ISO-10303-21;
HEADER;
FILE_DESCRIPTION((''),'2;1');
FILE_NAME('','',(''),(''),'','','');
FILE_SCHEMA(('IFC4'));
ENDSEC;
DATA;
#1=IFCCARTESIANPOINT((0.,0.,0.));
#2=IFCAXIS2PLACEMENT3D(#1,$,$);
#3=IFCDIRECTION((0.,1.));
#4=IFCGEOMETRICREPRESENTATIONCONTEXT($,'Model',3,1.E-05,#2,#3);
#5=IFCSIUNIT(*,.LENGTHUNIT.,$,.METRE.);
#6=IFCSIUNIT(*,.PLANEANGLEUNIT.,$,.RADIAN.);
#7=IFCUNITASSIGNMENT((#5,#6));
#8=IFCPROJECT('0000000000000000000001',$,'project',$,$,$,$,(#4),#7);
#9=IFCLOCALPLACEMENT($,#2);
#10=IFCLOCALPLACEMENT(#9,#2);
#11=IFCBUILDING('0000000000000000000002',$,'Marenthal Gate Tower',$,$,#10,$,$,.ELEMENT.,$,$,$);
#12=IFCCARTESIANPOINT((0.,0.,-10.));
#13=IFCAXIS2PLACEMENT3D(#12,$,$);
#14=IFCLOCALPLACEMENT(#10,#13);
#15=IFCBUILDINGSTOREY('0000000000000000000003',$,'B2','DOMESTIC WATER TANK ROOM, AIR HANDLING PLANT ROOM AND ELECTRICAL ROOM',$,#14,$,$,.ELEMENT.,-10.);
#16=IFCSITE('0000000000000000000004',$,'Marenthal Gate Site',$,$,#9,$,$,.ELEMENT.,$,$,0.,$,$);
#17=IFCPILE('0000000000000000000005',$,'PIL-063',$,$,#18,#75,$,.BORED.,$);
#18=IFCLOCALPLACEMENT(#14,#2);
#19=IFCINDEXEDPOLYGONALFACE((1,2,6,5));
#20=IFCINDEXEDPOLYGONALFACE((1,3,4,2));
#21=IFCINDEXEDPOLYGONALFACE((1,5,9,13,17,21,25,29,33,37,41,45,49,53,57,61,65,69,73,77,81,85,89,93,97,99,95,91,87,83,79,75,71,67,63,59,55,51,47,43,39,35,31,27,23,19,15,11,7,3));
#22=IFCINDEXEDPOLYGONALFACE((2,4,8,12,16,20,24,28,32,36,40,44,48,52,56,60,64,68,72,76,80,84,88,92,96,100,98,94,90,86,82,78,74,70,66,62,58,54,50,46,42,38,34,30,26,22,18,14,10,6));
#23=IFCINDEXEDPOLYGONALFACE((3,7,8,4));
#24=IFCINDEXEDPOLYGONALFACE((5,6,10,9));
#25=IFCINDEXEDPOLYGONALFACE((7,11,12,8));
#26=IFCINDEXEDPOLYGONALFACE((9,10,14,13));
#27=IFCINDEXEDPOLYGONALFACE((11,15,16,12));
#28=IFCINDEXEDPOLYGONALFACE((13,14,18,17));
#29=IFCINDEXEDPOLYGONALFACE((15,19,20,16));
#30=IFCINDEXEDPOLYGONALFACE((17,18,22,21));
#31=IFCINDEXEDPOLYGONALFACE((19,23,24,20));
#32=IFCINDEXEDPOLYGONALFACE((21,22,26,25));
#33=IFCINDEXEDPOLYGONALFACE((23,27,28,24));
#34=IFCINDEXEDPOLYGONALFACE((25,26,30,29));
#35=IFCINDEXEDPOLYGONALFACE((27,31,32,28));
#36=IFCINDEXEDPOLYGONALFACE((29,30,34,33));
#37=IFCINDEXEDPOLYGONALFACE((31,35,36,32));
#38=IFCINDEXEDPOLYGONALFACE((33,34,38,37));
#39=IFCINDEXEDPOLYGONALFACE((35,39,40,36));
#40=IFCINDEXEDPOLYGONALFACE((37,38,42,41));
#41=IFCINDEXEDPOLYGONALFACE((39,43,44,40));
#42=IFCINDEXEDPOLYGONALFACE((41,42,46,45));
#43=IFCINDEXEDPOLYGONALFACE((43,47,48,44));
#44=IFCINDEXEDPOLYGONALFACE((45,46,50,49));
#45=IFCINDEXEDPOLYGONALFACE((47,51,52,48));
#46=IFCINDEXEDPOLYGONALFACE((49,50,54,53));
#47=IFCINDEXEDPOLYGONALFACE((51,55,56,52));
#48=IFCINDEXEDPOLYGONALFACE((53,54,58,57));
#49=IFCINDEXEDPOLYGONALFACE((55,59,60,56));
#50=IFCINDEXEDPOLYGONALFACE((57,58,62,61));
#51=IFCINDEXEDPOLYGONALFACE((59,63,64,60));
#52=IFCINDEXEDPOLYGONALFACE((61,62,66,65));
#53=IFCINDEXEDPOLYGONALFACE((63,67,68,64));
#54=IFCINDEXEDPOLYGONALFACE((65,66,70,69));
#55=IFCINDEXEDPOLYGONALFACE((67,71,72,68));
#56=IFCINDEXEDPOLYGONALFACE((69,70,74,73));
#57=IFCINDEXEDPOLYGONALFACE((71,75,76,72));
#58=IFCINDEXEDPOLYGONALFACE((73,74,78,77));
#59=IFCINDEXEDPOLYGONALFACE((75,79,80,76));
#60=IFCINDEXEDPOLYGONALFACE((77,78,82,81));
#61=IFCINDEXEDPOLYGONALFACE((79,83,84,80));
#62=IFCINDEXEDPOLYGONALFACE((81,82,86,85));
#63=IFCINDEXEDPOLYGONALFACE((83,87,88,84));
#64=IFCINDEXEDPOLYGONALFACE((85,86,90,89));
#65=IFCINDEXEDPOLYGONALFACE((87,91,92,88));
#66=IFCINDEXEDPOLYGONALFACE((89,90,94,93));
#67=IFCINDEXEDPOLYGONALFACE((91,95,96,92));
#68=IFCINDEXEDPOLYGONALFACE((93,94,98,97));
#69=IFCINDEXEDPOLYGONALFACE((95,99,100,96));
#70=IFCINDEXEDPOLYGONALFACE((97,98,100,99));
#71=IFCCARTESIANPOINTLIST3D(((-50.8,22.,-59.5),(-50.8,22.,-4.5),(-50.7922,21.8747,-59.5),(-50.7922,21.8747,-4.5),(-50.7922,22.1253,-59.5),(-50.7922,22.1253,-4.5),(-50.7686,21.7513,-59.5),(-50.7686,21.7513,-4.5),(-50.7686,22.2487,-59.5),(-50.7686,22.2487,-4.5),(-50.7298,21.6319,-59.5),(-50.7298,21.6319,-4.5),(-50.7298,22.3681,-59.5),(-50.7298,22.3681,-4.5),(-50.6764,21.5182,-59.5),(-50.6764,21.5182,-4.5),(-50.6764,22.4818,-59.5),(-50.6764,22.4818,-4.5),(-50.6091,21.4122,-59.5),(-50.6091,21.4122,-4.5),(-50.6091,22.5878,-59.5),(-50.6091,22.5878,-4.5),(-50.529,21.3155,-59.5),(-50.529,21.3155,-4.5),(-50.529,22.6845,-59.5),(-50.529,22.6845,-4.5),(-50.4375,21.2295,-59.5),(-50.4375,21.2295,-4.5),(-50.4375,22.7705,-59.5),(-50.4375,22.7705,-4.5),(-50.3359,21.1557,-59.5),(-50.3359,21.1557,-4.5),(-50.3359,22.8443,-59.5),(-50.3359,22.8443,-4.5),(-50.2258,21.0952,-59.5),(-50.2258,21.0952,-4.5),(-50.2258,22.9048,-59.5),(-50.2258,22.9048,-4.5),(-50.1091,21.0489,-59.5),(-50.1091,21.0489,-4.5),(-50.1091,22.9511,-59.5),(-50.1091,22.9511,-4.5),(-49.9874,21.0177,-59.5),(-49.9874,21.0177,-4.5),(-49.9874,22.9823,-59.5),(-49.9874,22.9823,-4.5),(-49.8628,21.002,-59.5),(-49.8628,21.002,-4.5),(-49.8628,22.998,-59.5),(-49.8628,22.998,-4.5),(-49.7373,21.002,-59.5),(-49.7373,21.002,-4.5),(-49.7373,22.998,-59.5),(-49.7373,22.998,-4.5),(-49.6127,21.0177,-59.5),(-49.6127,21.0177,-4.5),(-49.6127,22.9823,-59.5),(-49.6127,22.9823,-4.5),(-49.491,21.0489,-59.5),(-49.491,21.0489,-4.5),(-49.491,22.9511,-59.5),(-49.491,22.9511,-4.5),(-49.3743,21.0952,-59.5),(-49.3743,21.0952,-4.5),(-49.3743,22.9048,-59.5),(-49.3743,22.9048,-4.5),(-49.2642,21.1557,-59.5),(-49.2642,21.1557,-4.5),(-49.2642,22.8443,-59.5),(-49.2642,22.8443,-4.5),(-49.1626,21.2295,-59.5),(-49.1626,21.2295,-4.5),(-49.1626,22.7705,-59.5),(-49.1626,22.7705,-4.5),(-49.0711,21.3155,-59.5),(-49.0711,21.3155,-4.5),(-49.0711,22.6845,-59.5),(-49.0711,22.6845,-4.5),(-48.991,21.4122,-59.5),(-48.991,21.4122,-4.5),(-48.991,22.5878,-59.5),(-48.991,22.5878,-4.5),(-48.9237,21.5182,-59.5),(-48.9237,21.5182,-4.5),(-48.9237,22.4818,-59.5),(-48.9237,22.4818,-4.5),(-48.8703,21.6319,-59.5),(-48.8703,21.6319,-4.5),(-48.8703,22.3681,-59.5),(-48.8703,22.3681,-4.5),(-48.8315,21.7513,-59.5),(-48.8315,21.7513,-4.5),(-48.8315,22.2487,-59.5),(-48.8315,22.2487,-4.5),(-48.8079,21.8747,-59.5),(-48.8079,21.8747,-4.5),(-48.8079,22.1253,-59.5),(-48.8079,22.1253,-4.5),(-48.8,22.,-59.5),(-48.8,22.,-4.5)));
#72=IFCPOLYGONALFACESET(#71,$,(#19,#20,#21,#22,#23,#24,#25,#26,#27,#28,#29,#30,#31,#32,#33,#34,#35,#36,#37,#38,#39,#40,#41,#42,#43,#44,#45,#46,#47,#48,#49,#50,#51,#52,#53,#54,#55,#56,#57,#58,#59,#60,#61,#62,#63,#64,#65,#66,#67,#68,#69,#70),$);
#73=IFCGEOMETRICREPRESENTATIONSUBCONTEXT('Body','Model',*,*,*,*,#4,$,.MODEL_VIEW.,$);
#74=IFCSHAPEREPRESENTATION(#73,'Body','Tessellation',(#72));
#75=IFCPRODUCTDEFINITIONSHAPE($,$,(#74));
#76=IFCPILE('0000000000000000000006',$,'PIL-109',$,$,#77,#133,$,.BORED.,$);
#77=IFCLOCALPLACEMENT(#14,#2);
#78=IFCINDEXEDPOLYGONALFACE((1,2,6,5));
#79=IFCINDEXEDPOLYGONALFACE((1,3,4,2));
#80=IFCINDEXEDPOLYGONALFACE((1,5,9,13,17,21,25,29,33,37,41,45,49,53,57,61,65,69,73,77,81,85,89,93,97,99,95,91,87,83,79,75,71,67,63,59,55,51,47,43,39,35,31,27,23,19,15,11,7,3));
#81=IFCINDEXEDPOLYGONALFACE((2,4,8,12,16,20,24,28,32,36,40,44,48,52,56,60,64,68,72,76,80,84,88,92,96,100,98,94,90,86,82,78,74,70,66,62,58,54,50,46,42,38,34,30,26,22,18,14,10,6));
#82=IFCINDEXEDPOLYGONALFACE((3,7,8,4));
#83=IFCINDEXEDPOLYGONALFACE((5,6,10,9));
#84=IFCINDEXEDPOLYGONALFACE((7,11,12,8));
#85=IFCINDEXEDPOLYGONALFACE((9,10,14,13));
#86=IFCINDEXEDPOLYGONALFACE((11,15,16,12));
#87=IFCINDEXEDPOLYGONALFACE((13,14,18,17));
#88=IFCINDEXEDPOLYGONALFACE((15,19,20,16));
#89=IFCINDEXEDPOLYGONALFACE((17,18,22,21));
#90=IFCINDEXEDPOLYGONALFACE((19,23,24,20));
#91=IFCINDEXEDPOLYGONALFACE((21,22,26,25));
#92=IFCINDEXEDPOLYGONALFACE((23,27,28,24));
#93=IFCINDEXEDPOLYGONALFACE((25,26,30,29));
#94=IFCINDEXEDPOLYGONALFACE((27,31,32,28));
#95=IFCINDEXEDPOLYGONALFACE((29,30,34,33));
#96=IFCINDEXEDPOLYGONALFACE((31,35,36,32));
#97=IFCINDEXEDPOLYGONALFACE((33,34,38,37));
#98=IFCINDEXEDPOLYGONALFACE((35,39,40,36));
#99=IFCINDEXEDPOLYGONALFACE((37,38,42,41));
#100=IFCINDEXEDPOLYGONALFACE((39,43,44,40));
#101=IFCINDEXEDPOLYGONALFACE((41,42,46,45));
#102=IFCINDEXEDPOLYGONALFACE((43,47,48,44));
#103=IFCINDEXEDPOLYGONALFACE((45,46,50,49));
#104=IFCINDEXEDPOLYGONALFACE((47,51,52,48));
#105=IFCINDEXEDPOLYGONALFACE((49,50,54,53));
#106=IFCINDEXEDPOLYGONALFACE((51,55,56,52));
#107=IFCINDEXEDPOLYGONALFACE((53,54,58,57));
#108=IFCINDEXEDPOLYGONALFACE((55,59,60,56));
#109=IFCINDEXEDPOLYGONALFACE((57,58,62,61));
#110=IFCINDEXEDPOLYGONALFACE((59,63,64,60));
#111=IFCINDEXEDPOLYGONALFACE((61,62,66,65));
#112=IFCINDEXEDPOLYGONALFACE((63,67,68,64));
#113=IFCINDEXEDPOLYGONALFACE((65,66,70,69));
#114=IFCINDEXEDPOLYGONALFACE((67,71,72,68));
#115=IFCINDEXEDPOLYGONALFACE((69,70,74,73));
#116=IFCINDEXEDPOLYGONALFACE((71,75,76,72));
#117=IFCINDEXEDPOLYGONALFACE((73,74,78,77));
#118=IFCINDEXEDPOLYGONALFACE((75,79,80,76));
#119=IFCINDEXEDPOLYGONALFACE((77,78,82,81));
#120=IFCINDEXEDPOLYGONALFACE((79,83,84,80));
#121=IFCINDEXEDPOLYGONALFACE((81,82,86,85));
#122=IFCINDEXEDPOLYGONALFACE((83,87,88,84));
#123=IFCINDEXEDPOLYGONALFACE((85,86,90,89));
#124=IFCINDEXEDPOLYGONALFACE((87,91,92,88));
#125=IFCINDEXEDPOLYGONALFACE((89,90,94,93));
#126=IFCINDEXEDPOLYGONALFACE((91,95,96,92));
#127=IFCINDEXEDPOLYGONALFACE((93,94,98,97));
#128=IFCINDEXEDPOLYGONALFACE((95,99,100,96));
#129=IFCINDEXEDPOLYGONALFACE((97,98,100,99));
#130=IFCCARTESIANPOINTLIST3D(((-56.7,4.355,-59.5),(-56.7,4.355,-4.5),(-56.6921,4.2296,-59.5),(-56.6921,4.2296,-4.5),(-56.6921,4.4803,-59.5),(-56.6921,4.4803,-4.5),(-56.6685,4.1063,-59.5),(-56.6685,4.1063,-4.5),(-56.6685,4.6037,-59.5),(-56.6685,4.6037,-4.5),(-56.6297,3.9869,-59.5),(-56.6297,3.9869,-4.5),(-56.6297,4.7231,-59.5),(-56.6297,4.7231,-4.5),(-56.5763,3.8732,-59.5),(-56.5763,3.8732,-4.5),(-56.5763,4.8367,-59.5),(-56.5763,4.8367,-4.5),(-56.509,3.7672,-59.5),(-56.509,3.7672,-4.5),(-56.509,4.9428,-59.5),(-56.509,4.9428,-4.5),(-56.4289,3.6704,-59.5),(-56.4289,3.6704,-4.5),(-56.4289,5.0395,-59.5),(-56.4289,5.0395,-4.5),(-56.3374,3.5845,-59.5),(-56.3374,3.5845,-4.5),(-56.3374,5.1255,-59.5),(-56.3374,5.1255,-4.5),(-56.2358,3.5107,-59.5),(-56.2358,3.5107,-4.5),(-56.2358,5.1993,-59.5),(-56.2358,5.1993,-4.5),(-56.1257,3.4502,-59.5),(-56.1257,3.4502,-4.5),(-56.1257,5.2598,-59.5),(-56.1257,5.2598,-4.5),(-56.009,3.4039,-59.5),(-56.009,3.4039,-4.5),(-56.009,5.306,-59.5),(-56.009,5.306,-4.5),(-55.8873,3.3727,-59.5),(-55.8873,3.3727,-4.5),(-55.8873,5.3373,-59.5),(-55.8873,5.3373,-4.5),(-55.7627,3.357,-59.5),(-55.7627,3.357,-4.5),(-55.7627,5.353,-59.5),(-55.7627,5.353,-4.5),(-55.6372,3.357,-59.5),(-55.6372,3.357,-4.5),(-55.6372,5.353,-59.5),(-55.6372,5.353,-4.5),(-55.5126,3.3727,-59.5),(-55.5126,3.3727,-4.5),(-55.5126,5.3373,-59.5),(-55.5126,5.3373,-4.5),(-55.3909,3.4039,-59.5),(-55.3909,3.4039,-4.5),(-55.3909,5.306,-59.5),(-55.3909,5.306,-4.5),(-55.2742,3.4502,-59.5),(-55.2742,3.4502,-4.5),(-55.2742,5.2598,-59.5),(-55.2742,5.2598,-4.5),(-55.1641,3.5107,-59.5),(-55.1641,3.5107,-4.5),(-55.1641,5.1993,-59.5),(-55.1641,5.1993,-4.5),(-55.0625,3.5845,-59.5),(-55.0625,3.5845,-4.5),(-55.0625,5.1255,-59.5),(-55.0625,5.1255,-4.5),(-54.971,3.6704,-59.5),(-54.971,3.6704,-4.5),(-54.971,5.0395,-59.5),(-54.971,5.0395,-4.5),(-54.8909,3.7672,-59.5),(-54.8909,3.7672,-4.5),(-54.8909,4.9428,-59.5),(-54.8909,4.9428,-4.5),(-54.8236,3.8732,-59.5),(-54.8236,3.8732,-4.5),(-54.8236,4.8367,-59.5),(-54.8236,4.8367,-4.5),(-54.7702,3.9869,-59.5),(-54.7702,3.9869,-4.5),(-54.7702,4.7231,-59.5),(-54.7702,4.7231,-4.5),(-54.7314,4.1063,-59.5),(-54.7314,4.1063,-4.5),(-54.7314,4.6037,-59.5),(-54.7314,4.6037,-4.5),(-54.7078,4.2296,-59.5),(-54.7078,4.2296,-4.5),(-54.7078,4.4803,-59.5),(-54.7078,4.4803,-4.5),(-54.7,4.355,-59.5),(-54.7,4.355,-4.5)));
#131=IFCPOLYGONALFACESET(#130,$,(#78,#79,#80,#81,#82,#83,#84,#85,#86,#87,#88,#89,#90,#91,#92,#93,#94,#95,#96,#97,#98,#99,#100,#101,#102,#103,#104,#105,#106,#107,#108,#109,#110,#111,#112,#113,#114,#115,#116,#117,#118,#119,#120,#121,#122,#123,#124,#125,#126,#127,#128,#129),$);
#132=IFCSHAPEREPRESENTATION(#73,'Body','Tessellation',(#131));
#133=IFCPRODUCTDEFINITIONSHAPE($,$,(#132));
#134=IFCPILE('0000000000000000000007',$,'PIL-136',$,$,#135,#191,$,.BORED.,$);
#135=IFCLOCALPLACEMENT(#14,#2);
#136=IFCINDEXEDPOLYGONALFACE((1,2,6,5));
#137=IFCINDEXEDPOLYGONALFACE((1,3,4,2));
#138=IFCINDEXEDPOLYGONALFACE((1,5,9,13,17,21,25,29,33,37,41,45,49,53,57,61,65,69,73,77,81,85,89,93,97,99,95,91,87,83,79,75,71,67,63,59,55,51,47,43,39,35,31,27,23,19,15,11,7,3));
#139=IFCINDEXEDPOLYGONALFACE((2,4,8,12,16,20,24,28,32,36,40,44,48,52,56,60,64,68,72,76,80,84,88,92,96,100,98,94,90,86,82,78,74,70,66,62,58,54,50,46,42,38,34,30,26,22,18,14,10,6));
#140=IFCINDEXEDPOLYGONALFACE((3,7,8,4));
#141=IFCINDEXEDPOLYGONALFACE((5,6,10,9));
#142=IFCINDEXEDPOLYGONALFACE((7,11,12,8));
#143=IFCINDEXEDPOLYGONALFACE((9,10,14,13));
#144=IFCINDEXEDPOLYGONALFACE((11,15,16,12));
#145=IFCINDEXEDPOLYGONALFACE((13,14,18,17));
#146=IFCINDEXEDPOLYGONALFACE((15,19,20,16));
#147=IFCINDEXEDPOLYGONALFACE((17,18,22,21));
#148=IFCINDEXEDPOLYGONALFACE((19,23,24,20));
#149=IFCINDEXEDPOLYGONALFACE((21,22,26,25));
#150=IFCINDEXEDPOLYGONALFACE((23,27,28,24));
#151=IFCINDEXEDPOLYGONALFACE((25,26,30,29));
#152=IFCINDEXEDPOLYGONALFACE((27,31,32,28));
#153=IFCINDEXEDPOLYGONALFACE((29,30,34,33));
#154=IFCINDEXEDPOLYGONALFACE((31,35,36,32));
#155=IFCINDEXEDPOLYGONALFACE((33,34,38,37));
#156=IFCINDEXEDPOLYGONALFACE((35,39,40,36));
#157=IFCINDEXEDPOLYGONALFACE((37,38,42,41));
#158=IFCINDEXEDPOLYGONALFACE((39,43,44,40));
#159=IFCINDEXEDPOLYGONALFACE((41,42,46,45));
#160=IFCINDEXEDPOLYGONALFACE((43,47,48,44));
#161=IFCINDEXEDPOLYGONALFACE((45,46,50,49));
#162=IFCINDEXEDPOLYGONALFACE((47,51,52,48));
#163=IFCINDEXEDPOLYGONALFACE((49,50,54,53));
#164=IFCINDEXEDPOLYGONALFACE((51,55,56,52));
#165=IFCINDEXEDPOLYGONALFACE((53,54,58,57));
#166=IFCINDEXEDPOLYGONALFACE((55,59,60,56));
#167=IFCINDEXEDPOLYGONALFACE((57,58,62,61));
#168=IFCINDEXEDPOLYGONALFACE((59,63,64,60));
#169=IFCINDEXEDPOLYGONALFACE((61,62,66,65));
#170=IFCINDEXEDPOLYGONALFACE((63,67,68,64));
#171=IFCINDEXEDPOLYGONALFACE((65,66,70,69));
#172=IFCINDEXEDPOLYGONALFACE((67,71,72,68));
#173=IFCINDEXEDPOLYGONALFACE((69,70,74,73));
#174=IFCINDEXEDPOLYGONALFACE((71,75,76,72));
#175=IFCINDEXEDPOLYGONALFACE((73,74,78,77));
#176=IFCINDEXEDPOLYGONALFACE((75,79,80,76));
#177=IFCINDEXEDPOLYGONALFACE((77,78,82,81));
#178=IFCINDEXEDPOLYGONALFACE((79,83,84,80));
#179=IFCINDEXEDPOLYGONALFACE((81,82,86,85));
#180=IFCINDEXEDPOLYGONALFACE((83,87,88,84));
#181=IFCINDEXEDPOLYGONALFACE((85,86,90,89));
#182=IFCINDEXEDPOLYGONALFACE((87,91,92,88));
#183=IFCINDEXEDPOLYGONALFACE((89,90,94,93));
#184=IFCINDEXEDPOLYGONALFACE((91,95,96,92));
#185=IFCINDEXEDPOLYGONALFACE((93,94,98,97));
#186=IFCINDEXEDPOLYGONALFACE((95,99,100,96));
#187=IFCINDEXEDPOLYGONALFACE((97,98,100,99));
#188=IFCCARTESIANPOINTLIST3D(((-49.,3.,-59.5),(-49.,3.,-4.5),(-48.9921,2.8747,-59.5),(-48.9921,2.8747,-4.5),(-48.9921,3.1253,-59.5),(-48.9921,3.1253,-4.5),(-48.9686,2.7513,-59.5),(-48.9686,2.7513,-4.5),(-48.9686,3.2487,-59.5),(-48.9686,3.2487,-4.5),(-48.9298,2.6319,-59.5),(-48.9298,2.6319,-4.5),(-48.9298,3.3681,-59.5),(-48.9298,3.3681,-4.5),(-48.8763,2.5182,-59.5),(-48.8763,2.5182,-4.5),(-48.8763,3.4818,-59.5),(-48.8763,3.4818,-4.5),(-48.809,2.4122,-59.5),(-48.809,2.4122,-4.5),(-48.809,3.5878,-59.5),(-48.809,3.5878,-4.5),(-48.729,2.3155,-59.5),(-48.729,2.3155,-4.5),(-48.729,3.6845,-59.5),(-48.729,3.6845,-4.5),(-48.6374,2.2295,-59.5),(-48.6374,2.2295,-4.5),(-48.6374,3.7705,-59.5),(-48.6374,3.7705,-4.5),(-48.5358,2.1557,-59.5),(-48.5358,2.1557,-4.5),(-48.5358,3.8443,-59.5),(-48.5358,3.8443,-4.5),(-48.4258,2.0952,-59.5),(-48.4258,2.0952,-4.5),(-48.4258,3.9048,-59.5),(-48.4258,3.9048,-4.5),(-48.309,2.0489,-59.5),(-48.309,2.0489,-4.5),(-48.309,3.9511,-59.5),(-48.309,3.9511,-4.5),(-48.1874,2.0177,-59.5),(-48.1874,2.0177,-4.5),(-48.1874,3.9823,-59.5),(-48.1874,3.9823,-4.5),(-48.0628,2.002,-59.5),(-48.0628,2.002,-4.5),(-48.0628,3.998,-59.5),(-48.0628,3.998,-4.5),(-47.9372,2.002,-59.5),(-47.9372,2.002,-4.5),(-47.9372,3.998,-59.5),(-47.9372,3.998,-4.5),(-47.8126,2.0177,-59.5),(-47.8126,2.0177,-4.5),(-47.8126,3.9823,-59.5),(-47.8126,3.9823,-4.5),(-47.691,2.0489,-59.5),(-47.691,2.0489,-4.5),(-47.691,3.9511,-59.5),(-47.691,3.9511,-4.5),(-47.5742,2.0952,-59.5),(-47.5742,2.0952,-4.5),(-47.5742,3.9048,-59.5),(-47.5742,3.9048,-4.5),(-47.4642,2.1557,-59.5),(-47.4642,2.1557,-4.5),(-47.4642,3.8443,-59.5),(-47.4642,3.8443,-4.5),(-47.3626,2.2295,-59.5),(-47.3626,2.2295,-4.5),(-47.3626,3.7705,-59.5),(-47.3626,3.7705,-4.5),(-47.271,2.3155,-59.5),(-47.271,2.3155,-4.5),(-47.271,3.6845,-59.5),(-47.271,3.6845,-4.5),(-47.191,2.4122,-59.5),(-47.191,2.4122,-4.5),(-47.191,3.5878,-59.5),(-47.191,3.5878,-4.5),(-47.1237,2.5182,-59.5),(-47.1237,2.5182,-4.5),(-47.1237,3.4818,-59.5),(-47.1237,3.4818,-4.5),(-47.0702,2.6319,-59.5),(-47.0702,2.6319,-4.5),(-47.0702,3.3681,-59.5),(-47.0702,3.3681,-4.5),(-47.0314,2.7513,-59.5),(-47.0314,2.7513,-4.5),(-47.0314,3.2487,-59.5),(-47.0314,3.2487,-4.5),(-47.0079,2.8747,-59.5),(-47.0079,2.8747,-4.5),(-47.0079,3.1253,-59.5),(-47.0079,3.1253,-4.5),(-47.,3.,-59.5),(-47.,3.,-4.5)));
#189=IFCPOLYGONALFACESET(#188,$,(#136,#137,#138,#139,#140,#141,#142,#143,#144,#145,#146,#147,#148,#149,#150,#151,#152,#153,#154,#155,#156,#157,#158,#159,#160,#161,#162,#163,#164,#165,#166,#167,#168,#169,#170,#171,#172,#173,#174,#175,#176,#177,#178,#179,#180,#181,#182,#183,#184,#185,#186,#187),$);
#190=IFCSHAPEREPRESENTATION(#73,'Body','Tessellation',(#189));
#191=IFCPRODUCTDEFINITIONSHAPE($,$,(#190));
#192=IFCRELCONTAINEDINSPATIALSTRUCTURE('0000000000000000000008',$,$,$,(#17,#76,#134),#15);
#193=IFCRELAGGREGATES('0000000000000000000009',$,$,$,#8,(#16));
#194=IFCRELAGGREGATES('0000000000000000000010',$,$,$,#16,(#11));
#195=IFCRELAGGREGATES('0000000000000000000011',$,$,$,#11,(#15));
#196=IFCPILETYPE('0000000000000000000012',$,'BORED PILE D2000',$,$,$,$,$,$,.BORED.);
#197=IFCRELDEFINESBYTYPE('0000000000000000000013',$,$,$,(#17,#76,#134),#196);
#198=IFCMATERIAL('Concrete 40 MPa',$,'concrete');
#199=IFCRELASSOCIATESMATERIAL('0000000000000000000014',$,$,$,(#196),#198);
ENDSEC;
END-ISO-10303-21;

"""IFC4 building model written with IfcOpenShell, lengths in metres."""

from ifc_helpers import new_model, si_unit, direction, frame, origin, origin_2d, place, context, subcontext, project, spatial, circle, extrude, material, type_object, element, save


model = new_model("IFC4")

# Units and contexts
model_context = context("Model", 3, precision=1e-05, world=origin(), true_north=direction((0.0, 1.0)))
body_context = subcontext(model_context, "Body", "Model", "MODEL_VIEW")
ifc_project = project(units=[si_unit("LENGTHUNIT", "METRE"), si_unit("PLANEANGLEUNIT", "RADIAN")], contexts=[model_context])

# Site, building, storey
site_placement = place(None, origin())
site = spatial("IfcSite", under=ifc_project, at=site_placement, Name="Marenthal Gate Site", CompositionType="ELEMENT", RefElevation=0.0)
building_placement = place(site_placement, origin())
building = spatial("IfcBuilding", under=site, at=building_placement, Name="Marenthal Gate Tower", CompositionType="ELEMENT")
storey_placement = place(building_placement, frame((0.0, 0.0, -10.0)))
storey = spatial("IfcBuildingStorey", under=building, at=storey_placement, Name="B2", Description="DOMESTIC WATER TANK ROOM, AIR HANDLING PLANT ROOM AND ELECTRICAL ROOM", CompositionType="ELEMENT", Elevation=-10.0)

# Piles
ifc_material_1 = material(Name="Concrete 40 MPa", Category="concrete")
pile_type = type_object("IfcPileType", Name="BORED PILE D2000", PredefinedType="BORED", material=ifc_material_1)
for number, where, z_axis, x_axis, name in (
    (1, (-49.8, 22.0, -4.5), (0.0, 0.0, -1.0), (1.0, 0.0, 0.0), "PIL-063"),
    (2, (-55.7, 4.355, -4.5), (0.0, 0.0, -1.0), (1.0, 0.0, 0.0), "PIL-109"),
    (3, (-48.0, 3.0, -4.5), (0.0, 0.0, -1.0), (1.0, 0.0, 0.0), "PIL-136"),
):
    element("IfcPile", number, at=place(storey_placement, frame(where, z_axis=z_axis, x_axis=x_axis)), inside=storey, type_object=pile_type, Name=name, PredefinedType="BORED", context=body_context, shape_type="SweptSolid", body=[
        extrude(circle(Radius=1.0, at=origin_2d()), origin(), (0.0, 0.0, 1.0), 55.0),
    ])

save(model, "model.ifc")
